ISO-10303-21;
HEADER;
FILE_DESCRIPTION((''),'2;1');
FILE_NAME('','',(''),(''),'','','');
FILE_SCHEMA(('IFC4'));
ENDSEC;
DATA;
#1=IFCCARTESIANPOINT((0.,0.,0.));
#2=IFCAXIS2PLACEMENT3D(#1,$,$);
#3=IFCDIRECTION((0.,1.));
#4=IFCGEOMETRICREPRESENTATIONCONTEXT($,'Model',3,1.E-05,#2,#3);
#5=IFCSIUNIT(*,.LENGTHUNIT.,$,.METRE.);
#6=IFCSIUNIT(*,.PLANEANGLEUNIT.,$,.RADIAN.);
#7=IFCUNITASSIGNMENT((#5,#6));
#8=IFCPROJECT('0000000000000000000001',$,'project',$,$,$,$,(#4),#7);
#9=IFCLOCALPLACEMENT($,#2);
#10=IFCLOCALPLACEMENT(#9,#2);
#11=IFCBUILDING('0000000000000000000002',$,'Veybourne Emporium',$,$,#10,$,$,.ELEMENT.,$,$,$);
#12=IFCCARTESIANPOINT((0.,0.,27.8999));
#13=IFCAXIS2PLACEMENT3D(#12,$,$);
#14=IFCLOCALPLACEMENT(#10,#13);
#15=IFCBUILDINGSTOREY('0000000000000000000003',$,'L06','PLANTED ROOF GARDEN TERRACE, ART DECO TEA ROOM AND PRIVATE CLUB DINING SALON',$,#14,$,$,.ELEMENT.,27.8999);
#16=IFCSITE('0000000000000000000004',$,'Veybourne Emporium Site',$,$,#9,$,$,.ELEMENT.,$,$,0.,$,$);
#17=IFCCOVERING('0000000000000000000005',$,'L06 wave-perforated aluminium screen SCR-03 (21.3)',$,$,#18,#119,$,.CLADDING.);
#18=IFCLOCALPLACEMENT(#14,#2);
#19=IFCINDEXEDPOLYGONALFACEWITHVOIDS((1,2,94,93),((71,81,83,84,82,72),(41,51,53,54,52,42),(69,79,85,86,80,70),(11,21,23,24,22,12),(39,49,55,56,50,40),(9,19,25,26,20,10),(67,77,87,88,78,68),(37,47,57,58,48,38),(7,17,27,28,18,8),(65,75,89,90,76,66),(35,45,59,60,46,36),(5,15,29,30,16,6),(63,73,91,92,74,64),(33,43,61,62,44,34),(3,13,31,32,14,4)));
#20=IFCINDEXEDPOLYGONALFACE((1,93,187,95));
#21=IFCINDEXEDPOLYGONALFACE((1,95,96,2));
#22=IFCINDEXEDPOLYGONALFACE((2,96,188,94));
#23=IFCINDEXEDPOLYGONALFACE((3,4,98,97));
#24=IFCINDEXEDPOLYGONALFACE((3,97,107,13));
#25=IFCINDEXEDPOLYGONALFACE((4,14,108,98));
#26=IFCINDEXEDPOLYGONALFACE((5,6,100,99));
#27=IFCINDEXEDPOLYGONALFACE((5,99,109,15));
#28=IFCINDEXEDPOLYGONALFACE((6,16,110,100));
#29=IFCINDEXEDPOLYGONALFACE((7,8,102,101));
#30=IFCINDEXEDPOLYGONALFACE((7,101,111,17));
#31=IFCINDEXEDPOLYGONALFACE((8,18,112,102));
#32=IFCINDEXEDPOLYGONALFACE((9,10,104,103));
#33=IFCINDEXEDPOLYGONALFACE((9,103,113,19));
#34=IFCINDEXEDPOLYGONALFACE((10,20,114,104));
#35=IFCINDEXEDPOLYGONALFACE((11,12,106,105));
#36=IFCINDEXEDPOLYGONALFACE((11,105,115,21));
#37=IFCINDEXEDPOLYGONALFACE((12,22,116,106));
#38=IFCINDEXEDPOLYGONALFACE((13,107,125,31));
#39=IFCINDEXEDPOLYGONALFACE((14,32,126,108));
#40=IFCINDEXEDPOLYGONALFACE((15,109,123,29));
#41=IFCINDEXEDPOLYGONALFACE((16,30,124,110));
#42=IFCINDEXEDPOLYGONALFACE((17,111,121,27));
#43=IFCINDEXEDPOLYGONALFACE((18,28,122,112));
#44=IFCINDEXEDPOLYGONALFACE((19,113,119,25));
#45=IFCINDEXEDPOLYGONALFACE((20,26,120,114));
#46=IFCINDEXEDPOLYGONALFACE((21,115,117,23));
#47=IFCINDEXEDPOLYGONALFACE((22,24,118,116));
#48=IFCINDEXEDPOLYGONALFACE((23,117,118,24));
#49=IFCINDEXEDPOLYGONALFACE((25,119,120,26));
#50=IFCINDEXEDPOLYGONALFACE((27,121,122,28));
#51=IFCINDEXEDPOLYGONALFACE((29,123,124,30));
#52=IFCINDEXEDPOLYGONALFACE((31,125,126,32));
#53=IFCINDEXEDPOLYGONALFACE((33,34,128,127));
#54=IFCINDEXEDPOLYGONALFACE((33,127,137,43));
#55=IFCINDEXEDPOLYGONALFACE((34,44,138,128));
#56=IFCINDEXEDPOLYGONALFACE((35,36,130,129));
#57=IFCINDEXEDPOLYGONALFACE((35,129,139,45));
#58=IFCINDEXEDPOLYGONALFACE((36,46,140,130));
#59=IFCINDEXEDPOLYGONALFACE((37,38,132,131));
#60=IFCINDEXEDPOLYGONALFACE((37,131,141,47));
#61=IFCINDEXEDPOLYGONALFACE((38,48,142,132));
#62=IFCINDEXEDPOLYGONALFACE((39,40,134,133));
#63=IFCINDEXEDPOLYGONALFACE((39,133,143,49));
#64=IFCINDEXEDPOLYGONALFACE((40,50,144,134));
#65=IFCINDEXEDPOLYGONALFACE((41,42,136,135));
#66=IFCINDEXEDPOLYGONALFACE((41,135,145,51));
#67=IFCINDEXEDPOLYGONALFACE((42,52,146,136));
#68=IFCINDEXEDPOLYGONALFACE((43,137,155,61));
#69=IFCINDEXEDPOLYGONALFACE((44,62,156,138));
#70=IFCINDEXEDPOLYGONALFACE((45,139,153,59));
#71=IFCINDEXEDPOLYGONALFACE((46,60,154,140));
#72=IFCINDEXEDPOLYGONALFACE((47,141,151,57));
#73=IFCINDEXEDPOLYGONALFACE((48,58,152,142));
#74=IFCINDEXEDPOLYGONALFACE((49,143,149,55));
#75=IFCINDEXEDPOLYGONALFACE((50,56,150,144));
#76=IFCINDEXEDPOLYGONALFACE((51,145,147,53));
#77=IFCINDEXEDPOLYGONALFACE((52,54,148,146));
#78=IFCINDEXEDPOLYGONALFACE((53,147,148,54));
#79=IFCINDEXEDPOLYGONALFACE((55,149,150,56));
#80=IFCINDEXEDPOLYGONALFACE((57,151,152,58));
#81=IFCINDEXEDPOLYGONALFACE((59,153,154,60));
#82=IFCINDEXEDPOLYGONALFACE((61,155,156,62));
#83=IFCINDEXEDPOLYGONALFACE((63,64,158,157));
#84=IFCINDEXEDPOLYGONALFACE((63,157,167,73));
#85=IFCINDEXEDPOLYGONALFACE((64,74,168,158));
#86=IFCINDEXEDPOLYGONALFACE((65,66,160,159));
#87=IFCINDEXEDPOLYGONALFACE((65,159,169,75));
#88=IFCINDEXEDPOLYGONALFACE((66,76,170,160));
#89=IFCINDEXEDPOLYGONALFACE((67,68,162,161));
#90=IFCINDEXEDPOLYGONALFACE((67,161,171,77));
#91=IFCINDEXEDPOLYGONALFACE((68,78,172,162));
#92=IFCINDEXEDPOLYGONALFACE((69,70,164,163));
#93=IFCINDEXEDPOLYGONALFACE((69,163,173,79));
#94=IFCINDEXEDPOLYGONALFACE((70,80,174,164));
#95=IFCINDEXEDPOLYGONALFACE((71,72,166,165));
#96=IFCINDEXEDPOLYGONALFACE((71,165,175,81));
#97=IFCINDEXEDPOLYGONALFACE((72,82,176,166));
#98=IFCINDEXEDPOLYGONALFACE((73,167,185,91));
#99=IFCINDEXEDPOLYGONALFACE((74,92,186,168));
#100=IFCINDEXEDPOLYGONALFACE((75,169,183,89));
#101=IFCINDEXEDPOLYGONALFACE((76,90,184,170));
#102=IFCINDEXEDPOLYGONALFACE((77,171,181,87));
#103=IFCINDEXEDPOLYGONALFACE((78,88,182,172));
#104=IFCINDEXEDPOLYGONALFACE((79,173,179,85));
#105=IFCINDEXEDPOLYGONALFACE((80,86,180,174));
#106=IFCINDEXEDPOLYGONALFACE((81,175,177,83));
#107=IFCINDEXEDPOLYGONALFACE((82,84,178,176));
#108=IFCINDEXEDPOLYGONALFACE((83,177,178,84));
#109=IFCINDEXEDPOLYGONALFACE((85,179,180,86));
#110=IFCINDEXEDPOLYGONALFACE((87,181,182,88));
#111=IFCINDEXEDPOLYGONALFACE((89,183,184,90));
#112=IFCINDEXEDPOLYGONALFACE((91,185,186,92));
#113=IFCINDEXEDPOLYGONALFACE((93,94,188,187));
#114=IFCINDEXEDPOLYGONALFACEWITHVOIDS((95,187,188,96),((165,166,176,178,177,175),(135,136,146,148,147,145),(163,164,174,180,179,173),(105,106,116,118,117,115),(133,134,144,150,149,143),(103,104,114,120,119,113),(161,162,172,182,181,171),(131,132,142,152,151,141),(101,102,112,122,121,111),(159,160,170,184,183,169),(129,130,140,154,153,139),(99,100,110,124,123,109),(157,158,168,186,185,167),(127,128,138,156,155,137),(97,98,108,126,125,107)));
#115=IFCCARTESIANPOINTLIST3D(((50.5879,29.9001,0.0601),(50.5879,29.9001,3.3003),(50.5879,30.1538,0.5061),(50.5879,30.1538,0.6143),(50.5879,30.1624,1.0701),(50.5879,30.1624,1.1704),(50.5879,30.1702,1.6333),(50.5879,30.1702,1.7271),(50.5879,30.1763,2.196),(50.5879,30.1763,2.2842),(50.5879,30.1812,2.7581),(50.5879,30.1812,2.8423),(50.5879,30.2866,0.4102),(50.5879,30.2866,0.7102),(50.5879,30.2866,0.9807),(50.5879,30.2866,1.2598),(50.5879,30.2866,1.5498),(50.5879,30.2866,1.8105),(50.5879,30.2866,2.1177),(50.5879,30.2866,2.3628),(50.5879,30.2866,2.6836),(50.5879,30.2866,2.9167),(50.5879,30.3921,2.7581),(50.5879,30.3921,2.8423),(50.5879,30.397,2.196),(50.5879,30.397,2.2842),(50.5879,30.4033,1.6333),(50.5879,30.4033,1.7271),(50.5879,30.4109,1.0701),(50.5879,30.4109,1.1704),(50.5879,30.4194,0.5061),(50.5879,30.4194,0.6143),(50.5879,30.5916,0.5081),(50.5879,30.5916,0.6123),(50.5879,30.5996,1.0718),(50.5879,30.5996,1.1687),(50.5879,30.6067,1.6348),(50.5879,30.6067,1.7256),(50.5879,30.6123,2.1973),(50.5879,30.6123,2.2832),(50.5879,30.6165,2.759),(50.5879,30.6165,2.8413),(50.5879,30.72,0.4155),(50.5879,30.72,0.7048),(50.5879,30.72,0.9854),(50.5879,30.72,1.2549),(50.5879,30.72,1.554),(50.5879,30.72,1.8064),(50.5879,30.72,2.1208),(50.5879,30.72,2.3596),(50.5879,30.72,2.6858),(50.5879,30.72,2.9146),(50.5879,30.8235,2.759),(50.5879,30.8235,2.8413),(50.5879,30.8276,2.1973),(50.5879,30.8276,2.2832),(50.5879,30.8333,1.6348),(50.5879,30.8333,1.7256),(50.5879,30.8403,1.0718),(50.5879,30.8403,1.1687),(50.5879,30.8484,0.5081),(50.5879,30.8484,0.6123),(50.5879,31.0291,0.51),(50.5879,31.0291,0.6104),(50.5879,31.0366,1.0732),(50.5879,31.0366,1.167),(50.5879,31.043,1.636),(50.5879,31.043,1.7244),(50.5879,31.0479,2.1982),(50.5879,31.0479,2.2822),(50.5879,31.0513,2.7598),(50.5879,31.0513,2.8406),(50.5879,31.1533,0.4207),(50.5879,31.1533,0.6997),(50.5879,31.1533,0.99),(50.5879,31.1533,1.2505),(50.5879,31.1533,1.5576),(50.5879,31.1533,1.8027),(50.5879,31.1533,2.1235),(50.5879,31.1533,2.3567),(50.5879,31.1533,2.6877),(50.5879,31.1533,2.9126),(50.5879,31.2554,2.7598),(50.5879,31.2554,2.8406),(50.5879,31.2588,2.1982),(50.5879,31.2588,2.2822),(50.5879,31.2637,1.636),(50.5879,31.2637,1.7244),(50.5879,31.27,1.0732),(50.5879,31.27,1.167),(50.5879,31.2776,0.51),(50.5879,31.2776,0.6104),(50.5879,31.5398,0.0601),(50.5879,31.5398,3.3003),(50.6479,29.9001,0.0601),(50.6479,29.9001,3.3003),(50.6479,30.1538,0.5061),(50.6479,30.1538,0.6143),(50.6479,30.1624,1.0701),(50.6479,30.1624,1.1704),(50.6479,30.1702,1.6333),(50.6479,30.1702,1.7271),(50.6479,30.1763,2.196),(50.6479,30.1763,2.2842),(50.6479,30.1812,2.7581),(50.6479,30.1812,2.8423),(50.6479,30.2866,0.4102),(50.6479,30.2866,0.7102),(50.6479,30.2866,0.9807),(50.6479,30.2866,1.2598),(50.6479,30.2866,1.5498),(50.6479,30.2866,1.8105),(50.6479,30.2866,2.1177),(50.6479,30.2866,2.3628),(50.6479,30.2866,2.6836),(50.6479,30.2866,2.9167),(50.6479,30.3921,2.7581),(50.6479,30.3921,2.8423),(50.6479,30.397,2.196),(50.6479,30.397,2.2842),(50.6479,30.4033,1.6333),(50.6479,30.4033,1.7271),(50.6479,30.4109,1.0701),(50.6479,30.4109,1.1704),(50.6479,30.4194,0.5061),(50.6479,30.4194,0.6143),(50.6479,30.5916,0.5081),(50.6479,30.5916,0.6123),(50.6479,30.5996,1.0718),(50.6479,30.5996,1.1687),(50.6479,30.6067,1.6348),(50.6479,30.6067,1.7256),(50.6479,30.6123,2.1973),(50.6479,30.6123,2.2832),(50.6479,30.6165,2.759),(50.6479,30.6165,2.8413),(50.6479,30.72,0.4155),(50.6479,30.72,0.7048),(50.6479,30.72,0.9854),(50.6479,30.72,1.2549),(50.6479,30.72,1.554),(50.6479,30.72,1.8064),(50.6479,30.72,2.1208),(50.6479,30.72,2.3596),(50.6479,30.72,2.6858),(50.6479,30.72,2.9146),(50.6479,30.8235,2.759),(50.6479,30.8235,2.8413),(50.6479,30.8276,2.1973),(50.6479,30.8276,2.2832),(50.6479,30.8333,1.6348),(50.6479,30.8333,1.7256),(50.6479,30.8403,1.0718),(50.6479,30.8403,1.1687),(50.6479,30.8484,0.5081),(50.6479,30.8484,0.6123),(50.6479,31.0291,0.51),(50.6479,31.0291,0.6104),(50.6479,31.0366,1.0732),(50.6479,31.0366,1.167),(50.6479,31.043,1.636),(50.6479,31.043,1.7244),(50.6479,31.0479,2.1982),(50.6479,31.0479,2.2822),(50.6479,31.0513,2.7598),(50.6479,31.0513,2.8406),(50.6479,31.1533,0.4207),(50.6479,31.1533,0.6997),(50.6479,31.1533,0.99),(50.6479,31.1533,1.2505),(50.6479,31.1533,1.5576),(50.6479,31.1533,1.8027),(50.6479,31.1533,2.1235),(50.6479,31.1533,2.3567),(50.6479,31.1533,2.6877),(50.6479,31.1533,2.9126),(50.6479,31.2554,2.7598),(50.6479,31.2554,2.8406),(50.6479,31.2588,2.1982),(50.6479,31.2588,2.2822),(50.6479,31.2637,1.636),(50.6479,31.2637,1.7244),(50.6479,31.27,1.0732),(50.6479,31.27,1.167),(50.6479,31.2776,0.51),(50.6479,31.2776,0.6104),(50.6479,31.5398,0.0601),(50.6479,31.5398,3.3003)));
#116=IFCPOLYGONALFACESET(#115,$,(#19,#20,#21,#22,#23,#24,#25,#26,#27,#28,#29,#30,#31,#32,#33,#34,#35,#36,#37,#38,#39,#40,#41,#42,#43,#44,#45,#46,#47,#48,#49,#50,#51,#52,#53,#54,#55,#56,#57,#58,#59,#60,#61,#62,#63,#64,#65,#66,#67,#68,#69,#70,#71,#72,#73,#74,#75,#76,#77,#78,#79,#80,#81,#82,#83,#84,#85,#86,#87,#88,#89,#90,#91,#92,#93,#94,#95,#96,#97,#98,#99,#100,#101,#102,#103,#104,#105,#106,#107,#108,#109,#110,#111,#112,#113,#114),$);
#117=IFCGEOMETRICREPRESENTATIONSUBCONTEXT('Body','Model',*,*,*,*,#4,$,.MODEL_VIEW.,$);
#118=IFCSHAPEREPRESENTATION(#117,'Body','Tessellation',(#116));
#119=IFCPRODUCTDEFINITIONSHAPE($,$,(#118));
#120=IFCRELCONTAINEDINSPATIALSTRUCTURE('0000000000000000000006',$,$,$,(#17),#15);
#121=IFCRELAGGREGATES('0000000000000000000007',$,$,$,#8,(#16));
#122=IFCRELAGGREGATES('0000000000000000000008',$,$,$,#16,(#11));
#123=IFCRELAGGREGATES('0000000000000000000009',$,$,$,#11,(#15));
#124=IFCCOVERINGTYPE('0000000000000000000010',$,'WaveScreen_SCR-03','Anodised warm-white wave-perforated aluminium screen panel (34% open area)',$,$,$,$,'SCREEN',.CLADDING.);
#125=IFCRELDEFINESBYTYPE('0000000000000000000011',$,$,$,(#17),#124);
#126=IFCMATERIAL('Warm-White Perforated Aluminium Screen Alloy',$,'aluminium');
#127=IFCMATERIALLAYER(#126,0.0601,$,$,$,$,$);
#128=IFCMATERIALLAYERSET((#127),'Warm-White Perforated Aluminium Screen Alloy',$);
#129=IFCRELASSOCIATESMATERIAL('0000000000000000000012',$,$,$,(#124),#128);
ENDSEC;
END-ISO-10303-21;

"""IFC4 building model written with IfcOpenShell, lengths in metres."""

from ifc_helpers import new_model, si_unit, direction, frame, origin, place, context, subcontext, project, spatial, polyline, outline, extrude, material, layer, layer_set, type_object, element, save


model = new_model("IFC4")

# Units and contexts
model_context = context("Model", 3, precision=1e-05, world=origin(), true_north=direction((0.0, 1.0)))
body_context = subcontext(model_context, "Body", "Model", "MODEL_VIEW")
ifc_project = project(units=[si_unit("LENGTHUNIT", "METRE"), si_unit("PLANEANGLEUNIT", "RADIAN")], contexts=[model_context])

# Site, building, storey
site_placement = place(None, origin())
site = spatial("IfcSite", under=ifc_project, at=site_placement, Name="Veybourne Emporium Site", CompositionType="ELEMENT", RefElevation=0.0)
building_placement = place(site_placement, origin())
building = spatial("IfcBuilding", under=site, at=building_placement, Name="Veybourne Emporium", CompositionType="ELEMENT")
storey_placement = place(building_placement, frame((0.0, 0.0, 27.8999)))
storey = spatial("IfcBuildingStorey", under=building, at=storey_placement, Name="L06", Description="PLANTED ROOF GARDEN TERRACE, ART DECO TEA ROOM AND PRIVATE CLUB DINING SALON", CompositionType="ELEMENT", Elevation=27.8999)

# Covering
ifc_material_1 = material(Name="Warm-White Perforated Aluminium Screen Alloy", Category="aluminium")
ifc_layer_1 = layer(ifc_material_1, 0.0601)
ifc_layer_set_1 = layer_set([ifc_layer_1], Name="Warm-White Perforated Aluminium Screen Alloy")
covering_type_1 = type_object("IfcCoveringType", Name="WaveScreen_SCR-03", Description="Anodised warm-white wave-perforated aluminium screen panel (34% open area)", ElementType="SCREEN", PredefinedType="CLADDING", material=ifc_layer_set_1)
covering_1_placement = place(storey_placement, frame((50.6479, 30.72, 1.6802), z_axis=(-1.0, 0.0, 0.0), x_axis=(0.0, -1.0, 0.0)))
element("IfcCovering", 1, at=covering_1_placement, inside=storey, type_object=covering_type_1, Name="L06 wave-perforated aluminium screen SCR-03 (21.3)", PredefinedType="CLADDING", context=body_context, shape_type="SweptSolid", body=[
    extrude(outline(polyline([(-0.8198, -1.6201), (0.8198, -1.6201), (0.8198, 1.6201), (-0.8198, 1.6201), (-0.8198, -1.6201)]), holes=[polyline([(-0.4333, -0.9805), (-0.3091, -1.0698), (-0.3091, -1.1702), (-0.4333, -1.2595), (-0.5576, -1.1702), (-0.5576, -1.0698), (-0.4333, -0.9805)]), polyline([(-0.4333, -0.4297), (-0.3167, -0.5132), (-0.3167, -0.6069), (-0.4333, -0.6902), (-0.55, -0.6069), (-0.55, -0.5132), (-0.4333, -0.4297)]), polyline([(-0.4333, 0.1226), (-0.323, 0.0442), (-0.323, -0.0442), (-0.4333, -0.1226), (-0.5437, -0.0442), (-0.5437, 0.0442), (-0.4333, 0.1226)]), polyline([(-0.4333, 0.6765), (-0.3279, 0.6021), (-0.3279, 0.5181), (-0.4333, 0.4434), (-0.5388, 0.5181), (-0.5388, 0.6021), (-0.4333, 0.6765)]), polyline([(-0.4333, 1.2324), (-0.3313, 1.1604), (-0.3313, 1.0796), (-0.4333, 1.0076), (-0.5354, 1.0796), (-0.5354, 1.1604), (-0.4333, 1.2324)]), polyline([(0.0, -0.9753), (0.1284, -1.0679), (0.1284, -1.1721), (0.0, -1.2646), (-0.1284, -1.1721), (-0.1284, -1.0679), (0.0, -0.9753)]), polyline([(0.0, -0.4253), (0.1204, -0.5115), (0.1204, -0.6084), (0.0, -0.6948), (-0.1204, -0.6084), (-0.1204, -0.5115), (0.0, -0.4253)]), polyline([(0.0, 0.1262), (0.1133, 0.0454), (0.1133, -0.0454), (0.0, -0.1262), (-0.1133, -0.0454), (-0.1133, 0.0454), (0.0, 0.1262)]), polyline([(0.0, 0.6794), (0.1077, 0.603), (0.1077, 0.5171), (0.0, 0.4407), (-0.1077, 0.5171), (-0.1077, 0.603), (0.0, 0.6794)]), polyline([(0.0, 1.2344), (0.1035, 1.1611), (0.1035, 1.0789), (0.0, 1.0056), (-0.1035, 1.0789), (-0.1035, 1.1611), (0.0, 1.2344)]), polyline([(0.4333, -0.97), (0.5662, -1.0659), (0.5662, -1.1741), (0.4333, -1.27), (0.3005, -1.1741), (0.3005, -1.0659), (0.4333, -0.97)]), polyline([(0.4333, -0.4204), (0.5576, -0.5098), (0.5576, -0.6101), (0.4333, -0.6995), (0.3091, -0.6101), (0.3091, -0.5098), (0.4333, -0.4204)]), polyline([(0.4333, 0.1304), (0.5498, 0.0469), (0.5498, -0.0469), (0.4333, -0.1304), (0.3167, -0.0469), (0.3167, 0.0469), (0.4333, 0.1304)]), polyline([(0.4333, 0.6826), (0.5437, 0.604), (0.5437, 0.5159), (0.4333, 0.4375), (0.323, 0.5159), (0.323, 0.604), (0.4333, 0.6826)]), polyline([(0.4333, 1.2366), (0.5388, 1.1621), (0.5388, 1.0779), (0.4333, 1.0034), (0.3279, 1.0779), (0.3279, 1.1621), (0.4333, 1.2366)])]), origin(), (0.0, 0.0, 1.0), 0.0601),
])

save(model, "model.ifc")
